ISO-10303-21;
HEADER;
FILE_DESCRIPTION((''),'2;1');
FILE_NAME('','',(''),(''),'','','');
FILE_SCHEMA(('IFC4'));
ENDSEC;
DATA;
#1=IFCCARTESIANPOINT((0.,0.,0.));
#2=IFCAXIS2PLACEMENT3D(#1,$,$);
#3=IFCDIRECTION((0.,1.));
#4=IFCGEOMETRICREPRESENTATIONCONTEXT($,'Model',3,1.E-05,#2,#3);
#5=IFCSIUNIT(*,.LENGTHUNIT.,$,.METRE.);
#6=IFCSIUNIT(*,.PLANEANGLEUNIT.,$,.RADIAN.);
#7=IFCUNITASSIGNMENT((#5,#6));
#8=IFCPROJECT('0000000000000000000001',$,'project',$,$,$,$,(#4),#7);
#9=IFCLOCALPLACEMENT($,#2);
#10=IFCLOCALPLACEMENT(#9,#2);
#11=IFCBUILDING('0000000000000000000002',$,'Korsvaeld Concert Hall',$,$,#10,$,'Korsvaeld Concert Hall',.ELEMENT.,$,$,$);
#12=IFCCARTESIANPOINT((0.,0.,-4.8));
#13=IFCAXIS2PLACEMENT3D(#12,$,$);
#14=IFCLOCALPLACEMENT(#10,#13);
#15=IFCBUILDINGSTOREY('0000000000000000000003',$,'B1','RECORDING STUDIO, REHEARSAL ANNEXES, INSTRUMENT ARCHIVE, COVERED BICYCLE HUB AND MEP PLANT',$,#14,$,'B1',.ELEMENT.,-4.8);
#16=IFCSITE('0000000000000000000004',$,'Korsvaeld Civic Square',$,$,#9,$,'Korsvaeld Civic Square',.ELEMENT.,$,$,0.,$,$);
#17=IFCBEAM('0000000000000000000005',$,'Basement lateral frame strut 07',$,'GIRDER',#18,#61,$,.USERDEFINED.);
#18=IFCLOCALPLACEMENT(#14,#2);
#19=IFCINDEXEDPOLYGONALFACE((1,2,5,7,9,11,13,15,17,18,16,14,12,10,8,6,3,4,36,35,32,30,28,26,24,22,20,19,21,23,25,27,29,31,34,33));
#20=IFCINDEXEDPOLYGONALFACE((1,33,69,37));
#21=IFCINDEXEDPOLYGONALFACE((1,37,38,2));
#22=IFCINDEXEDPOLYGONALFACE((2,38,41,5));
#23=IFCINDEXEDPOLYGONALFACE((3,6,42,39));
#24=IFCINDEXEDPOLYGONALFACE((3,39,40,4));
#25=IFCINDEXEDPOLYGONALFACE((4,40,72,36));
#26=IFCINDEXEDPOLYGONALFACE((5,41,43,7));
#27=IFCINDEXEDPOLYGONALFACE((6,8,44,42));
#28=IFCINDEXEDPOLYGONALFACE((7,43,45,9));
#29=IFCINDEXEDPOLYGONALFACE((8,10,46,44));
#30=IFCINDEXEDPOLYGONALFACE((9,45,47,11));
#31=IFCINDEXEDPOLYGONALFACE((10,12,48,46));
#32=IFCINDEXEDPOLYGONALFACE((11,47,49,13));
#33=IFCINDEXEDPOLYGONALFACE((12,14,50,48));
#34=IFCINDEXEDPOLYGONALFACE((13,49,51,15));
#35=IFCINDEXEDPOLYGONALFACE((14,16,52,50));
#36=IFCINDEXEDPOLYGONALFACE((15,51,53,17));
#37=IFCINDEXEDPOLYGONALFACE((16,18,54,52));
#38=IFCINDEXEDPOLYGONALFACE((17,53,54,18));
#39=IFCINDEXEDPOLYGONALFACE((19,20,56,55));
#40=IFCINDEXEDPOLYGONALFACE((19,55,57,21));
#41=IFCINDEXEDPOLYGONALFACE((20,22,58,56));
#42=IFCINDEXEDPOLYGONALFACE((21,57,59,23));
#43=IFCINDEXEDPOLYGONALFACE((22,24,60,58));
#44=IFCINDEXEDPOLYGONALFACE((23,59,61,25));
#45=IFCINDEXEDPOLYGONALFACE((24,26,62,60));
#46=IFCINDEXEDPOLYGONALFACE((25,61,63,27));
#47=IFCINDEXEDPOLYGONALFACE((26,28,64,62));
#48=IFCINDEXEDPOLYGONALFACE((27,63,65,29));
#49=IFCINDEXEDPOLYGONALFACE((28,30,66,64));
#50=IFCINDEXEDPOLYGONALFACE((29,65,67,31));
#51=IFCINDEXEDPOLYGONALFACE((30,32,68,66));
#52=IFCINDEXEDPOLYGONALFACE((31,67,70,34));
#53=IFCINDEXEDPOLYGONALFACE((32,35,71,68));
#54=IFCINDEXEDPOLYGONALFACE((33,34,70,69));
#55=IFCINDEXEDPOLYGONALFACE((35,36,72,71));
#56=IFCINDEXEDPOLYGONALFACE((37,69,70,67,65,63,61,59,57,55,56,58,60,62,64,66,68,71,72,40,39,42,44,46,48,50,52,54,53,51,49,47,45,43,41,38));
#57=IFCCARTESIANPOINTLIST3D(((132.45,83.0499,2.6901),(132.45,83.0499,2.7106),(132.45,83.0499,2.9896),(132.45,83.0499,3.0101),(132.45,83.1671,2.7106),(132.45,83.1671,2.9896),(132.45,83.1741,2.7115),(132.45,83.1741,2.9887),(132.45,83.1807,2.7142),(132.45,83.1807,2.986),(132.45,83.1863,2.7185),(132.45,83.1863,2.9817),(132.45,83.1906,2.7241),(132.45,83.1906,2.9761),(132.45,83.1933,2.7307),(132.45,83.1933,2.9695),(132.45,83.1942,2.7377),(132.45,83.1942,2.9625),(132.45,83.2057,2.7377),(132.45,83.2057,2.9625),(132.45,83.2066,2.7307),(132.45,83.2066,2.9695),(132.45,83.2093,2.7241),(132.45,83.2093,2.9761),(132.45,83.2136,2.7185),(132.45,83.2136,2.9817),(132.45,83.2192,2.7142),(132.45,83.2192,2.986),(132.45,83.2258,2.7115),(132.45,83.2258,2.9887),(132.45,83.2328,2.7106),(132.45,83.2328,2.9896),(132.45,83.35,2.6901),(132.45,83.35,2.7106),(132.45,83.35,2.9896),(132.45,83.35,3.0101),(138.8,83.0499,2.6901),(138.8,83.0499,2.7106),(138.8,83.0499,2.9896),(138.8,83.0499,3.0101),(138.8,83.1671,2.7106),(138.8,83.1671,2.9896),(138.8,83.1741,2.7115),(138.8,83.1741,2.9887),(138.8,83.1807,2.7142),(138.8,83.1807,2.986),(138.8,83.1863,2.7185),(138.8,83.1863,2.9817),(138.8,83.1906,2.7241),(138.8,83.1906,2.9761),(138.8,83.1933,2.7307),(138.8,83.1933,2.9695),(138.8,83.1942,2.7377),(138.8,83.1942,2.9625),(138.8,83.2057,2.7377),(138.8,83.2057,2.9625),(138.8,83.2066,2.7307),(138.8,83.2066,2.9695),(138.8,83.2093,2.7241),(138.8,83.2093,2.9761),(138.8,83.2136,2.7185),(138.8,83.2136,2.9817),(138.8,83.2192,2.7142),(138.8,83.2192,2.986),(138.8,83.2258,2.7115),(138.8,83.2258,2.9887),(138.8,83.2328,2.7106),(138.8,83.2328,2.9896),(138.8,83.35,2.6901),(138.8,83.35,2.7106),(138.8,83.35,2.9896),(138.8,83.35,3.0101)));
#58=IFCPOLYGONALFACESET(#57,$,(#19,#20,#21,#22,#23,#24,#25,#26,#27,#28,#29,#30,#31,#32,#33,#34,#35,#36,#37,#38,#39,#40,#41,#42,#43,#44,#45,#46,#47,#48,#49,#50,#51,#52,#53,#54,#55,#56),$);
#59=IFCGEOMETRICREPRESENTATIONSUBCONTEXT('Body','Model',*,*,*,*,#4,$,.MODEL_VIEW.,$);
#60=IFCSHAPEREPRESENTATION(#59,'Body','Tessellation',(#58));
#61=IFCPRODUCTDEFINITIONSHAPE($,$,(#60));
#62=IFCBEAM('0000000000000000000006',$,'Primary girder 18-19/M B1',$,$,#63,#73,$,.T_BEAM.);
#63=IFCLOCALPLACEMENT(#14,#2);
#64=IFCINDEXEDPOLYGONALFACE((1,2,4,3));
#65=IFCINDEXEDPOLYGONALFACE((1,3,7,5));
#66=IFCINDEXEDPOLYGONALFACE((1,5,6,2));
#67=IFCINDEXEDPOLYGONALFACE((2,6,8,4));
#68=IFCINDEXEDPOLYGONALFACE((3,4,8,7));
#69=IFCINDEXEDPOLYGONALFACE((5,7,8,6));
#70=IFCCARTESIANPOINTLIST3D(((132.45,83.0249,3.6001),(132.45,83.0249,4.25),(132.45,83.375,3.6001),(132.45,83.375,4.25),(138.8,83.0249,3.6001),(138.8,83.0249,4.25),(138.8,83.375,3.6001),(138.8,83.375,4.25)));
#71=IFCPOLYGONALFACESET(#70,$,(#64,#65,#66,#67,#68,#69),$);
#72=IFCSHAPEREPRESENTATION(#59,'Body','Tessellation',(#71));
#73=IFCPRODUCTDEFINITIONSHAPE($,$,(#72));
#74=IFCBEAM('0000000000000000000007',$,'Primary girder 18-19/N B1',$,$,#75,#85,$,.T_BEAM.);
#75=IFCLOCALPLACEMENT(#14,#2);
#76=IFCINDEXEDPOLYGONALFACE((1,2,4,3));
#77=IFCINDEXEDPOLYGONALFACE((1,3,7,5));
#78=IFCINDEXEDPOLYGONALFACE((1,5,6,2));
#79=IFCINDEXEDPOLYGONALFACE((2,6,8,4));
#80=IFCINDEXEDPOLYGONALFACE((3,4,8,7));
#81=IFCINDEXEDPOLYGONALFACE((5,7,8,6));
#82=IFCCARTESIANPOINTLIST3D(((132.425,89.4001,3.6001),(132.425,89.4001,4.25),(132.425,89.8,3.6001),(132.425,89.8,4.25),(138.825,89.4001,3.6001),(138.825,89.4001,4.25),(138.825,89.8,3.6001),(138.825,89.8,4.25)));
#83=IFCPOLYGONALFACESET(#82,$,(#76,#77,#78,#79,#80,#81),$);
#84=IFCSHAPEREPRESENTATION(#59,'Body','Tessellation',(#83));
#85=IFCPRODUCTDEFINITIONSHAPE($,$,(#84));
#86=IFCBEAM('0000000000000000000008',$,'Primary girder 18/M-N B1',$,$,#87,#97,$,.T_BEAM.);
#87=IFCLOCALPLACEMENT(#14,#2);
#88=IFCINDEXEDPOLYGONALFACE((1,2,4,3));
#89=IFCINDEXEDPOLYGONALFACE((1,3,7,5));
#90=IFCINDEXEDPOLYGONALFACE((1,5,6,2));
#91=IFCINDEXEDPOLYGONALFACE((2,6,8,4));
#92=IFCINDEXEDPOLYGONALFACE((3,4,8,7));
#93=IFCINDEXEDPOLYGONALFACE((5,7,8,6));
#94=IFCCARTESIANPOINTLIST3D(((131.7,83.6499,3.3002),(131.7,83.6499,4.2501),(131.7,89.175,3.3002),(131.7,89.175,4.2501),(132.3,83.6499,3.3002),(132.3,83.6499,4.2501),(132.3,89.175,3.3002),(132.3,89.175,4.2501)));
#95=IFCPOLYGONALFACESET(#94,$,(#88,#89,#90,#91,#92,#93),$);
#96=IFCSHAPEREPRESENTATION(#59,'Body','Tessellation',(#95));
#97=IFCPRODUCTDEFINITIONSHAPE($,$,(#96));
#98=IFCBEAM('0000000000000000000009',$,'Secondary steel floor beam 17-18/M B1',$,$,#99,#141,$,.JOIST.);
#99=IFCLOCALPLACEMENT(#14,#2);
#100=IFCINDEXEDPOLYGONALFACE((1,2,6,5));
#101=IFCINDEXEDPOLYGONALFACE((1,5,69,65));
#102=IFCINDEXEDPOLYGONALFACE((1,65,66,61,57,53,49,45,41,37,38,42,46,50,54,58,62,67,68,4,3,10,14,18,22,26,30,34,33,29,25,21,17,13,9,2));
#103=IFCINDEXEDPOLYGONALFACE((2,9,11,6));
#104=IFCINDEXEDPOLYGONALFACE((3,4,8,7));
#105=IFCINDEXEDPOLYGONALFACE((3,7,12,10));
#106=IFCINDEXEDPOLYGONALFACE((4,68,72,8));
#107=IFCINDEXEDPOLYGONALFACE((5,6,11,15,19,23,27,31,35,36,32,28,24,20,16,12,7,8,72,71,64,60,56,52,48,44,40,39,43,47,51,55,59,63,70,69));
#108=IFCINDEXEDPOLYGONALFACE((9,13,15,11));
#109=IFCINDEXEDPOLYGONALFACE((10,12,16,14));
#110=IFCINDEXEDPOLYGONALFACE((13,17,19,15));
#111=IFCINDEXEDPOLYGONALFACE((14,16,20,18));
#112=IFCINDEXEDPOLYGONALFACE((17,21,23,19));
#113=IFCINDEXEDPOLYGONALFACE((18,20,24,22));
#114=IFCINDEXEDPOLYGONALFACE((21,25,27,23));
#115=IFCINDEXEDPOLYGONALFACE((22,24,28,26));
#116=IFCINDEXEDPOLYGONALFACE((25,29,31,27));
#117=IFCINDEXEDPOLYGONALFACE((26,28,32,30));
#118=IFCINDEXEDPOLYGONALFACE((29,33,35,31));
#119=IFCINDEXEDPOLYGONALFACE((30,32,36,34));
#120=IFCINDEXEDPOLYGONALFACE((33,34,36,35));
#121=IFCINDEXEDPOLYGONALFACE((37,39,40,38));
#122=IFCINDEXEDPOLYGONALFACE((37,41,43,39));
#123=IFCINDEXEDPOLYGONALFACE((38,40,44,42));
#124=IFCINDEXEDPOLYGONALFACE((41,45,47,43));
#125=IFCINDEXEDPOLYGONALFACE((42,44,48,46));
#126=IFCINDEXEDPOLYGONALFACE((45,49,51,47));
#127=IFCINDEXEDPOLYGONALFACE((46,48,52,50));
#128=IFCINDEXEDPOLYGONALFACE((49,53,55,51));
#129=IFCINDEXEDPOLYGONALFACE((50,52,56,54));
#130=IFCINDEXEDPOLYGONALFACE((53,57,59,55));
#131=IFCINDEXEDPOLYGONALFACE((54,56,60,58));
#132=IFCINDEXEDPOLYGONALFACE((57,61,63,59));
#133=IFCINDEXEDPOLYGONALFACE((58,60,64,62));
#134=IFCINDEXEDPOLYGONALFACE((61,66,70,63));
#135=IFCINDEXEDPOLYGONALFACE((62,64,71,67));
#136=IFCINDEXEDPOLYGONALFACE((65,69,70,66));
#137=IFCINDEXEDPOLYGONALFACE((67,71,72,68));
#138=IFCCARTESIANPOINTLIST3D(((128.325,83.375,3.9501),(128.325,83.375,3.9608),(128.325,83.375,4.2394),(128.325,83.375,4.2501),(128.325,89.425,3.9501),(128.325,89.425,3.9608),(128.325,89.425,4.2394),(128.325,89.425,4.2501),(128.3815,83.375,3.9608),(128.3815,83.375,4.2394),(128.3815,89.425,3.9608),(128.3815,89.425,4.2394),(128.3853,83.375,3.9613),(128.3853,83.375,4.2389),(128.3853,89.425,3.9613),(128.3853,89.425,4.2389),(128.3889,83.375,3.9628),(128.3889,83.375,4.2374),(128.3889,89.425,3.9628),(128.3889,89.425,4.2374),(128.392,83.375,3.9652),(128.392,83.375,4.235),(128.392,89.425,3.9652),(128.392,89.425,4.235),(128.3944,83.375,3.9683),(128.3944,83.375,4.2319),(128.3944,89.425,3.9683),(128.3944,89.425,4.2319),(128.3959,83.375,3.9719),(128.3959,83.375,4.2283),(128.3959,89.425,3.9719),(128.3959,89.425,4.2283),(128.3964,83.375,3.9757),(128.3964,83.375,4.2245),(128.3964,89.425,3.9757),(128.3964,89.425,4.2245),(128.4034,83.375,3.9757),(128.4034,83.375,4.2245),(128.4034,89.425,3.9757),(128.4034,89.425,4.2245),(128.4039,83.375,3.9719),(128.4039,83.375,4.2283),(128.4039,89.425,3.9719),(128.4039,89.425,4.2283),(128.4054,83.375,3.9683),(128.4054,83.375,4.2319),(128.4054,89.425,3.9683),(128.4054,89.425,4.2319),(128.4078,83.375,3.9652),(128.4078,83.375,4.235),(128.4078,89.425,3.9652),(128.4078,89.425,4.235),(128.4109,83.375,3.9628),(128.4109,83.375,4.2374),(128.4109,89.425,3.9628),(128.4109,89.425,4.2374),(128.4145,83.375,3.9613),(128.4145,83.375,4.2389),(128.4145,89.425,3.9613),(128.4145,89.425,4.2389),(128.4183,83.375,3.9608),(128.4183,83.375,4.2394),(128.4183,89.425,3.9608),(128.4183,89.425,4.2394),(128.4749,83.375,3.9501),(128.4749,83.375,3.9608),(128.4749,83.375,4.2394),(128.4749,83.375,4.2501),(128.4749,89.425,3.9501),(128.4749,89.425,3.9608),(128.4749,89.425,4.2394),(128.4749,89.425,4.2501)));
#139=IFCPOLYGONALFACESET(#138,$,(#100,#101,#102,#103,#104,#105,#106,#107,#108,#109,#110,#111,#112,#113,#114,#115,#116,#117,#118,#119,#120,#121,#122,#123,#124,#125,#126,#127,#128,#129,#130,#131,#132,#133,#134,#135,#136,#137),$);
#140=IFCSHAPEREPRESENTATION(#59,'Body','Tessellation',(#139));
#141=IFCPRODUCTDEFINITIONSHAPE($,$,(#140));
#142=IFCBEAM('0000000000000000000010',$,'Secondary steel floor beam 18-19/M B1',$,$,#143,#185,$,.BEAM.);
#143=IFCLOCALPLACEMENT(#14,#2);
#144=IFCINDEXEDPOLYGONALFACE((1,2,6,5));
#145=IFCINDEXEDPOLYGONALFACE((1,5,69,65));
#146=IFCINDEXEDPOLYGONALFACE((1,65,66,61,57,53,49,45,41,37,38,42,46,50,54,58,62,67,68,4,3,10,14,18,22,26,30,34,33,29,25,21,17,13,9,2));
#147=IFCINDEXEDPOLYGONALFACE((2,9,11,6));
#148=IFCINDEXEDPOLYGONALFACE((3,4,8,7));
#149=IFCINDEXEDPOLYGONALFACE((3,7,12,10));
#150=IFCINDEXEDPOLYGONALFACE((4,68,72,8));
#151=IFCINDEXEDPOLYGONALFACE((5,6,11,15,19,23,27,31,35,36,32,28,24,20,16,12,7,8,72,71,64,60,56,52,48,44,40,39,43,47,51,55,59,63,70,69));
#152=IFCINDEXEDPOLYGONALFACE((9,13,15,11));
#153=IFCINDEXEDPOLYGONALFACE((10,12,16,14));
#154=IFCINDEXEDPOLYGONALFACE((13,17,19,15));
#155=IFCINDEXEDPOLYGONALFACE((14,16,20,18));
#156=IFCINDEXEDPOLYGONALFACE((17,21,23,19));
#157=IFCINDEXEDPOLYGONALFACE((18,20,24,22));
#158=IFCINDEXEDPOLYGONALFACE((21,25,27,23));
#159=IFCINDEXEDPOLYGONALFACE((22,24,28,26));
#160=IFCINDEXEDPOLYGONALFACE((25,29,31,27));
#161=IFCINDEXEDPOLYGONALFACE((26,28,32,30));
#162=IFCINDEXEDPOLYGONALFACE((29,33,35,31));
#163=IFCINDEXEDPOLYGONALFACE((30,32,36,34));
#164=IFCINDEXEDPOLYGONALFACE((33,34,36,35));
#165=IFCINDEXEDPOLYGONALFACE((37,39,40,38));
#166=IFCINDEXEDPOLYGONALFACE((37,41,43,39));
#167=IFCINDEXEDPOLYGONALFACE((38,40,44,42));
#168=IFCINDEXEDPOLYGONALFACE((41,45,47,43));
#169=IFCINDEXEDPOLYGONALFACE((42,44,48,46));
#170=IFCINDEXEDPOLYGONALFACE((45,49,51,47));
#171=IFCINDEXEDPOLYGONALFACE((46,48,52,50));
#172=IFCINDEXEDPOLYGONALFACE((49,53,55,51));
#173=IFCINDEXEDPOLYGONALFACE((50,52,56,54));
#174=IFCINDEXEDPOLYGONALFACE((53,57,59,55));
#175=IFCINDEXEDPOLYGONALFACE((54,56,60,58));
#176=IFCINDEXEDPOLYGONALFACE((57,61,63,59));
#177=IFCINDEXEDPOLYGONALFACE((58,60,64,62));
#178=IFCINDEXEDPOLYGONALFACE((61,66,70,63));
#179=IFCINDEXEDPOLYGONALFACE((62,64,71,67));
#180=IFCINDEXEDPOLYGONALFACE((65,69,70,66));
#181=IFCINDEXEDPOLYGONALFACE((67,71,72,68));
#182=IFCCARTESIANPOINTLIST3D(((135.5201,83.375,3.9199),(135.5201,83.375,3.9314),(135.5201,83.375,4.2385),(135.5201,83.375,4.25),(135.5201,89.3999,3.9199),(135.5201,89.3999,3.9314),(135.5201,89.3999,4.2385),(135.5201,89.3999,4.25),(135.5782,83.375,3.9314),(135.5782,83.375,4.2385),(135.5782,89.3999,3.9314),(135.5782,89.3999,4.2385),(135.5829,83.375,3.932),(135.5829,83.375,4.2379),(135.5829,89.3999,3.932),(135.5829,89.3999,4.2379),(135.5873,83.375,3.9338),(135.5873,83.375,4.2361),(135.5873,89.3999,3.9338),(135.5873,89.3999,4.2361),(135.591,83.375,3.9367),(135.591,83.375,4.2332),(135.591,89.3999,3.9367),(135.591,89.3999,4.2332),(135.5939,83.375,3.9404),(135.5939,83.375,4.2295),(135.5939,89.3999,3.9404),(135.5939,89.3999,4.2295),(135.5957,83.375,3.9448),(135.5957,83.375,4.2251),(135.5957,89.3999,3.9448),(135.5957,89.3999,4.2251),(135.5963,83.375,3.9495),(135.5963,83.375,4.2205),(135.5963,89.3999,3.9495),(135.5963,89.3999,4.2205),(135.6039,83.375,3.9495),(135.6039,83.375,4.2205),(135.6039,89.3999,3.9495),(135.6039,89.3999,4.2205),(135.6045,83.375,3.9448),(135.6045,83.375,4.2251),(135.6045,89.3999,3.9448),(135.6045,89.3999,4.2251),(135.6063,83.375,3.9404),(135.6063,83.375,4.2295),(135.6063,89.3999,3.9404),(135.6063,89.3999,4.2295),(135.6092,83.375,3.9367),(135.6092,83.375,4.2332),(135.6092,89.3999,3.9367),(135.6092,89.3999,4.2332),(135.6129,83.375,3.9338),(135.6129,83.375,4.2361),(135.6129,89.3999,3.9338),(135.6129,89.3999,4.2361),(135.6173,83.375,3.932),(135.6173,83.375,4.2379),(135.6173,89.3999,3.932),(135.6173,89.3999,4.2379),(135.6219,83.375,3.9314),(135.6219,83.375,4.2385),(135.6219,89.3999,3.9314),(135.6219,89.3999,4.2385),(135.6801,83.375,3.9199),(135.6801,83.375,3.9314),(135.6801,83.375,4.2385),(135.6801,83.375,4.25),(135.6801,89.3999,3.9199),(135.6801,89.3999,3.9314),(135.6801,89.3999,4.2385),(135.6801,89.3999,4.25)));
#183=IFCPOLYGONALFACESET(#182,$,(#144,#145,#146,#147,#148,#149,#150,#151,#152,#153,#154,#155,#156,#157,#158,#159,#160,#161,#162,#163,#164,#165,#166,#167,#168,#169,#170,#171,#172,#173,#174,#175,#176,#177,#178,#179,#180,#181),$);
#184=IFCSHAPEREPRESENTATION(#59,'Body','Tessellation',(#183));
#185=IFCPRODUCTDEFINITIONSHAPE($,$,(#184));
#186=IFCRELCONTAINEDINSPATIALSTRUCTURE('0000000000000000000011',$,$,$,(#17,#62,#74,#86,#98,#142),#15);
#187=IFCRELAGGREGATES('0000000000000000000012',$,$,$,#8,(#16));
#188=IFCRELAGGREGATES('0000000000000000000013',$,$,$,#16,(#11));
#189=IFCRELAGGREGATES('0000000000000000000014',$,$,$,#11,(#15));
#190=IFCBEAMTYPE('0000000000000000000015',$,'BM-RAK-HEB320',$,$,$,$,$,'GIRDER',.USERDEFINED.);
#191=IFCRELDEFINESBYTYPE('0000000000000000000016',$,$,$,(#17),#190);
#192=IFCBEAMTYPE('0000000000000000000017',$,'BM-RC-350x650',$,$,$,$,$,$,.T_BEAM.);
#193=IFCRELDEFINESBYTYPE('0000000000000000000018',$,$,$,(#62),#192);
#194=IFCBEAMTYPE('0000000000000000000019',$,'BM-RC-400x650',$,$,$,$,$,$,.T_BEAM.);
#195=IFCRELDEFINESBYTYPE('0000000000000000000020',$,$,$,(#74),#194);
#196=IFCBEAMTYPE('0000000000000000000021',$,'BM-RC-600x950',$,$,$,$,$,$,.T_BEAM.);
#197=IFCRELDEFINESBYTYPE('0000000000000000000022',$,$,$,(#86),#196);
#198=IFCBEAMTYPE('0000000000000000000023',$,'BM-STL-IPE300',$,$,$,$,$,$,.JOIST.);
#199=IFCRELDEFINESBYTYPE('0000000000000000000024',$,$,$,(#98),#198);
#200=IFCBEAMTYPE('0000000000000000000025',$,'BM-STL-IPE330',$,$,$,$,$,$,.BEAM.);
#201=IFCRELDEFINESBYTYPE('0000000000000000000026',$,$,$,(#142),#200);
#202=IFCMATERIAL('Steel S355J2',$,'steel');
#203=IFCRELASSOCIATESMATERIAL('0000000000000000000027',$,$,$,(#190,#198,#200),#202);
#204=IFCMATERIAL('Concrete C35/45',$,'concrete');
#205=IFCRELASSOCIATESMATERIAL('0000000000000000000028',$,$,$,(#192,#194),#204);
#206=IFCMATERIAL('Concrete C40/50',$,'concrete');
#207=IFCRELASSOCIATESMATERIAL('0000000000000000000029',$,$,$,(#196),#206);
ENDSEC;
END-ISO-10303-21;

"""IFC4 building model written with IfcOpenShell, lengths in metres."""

from ifc_helpers import new_model, si_unit, direction, frame, origin, origin_2d, place, context, subcontext, project, spatial, rectangle, i_section, extrude, material, material_profile, profile_set, type_object, element, save


model = new_model("IFC4")

# Units and contexts
model_context = context("Model", 3, precision=1e-05, world=origin(), true_north=direction((0.0, 1.0)))
body_context = subcontext(model_context, "Body", "Model", "MODEL_VIEW")
ifc_project = project(units=[si_unit("LENGTHUNIT", "METRE"), si_unit("PLANEANGLEUNIT", "RADIAN")], contexts=[model_context])

# Site, building, storey
site_placement = place(None, origin())
site = spatial("IfcSite", under=ifc_project, at=site_placement, Name="Korsvaeld Civic Square", LongName="Korsvaeld Civic Square", CompositionType="ELEMENT", RefElevation=0.0)
building_placement = place(site_placement, origin())
building = spatial("IfcBuilding", under=site, at=building_placement, Name="Korsvaeld Concert Hall", LongName="Korsvaeld Concert Hall", CompositionType="ELEMENT")
storey_placement = place(building_placement, frame((0.0, 0.0, -4.8)))
storey = spatial("IfcBuildingStorey", under=building, at=storey_placement, Name="B1", Description="RECORDING STUDIO, REHEARSAL ANNEXES, INSTRUMENT ARCHIVE, COVERED BICYCLE HUB AND MEP PLANT", LongName="B1", CompositionType="ELEMENT", Elevation=-4.8)

# Shared definitions
ifc_material_1 = material(Name="Concrete C35/45", Category="concrete")

# Shared definitions
ifc_material_2 = material(Name="Concrete C40/50", Category="concrete")

# Beams
ifc_material_3 = material(Name="Steel S355J2", Category="steel")
ifc_material_profile_1 = material_profile(ifc_material_3, i_section(OverallWidth=0.3, OverallDepth=0.3201, WebThickness=0.0115, FlangeThickness=0.0205, FilletRadius=0.0271, at=origin_2d()), Name="HEB 320")
ifc_profile_set_1 = profile_set([ifc_material_profile_1], Name="Steel S355J2")
beam_type_1 = type_object("IfcBeamType", Name="BM-RAK-HEB320", ElementType="GIRDER", PredefinedType="USERDEFINED", material=ifc_profile_set_1)
beam_1_placement = place(storey_placement, frame((132.45, 83.2, 2.8501), z_axis=(1.0, 0.0, 0.0), x_axis=(0.0, 1.0, 0.0)))
element("IfcBeam", 1, at=beam_1_placement, inside=storey, type_object=beam_type_1, Name="Basement lateral frame strut 07", ObjectType="GIRDER", PredefinedType="USERDEFINED", context=body_context, shape_type="SweptSolid", body=[
    extrude(i_section(OverallWidth=0.3, OverallDepth=0.3201, WebThickness=0.0115, FlangeThickness=0.0205, FilletRadius=0.0271, at=origin_2d()), origin(), (0.0, 0.0, 1.0), 6.3501),
])
ifc_material_profile_2 = material_profile(ifc_material_1, rectangle(XDim=0.3501, YDim=0.6499, at=origin_2d()), Name="RC 350x650")
ifc_profile_set_2 = profile_set([ifc_material_profile_2], Name="Concrete C35/45")
beam_type_2 = type_object("IfcBeamType", Name="BM-RC-350x650", PredefinedType="T_BEAM", material=ifc_profile_set_2)
beam_2_placement = place(storey_placement, frame((132.45, 83.2, 3.925), z_axis=(1.0, 0.0, 0.0), x_axis=(0.0, 1.0, 0.0)))
element("IfcBeam", 2, at=beam_2_placement, inside=storey, type_object=beam_type_2, Name="Primary girder 18-19/M B1", PredefinedType="T_BEAM", context=body_context, shape_type="SweptSolid", body=[
    extrude(rectangle(XDim=0.3501, YDim=0.6499, at=origin_2d()), origin(), (0.0, 0.0, 1.0), 6.3501),
])
ifc_material_profile_3 = material_profile(ifc_material_1, rectangle(XDim=0.3999, YDim=0.6499, at=origin_2d()), Name="RC 400x650")
ifc_profile_set_3 = profile_set([ifc_material_profile_3], Name="Concrete C35/45")
beam_type_3 = type_object("IfcBeamType", Name="BM-RC-400x650", PredefinedType="T_BEAM", material=ifc_profile_set_3)
beam_3_placement = place(storey_placement, frame((132.425, 89.6001, 3.925), z_axis=(1.0, 0.0, 0.0), x_axis=(0.0, 1.0, 0.0)))
element("IfcBeam", 3, at=beam_3_placement, inside=storey, type_object=beam_type_3, Name="Primary girder 18-19/N B1", PredefinedType="T_BEAM", context=body_context, shape_type="SweptSolid", body=[
    extrude(rectangle(XDim=0.3999, YDim=0.6499, at=origin_2d()), origin(), (0.0, 0.0, 1.0), 6.3999),
])
ifc_material_profile_4 = material_profile(ifc_material_2, rectangle(XDim=0.6001, YDim=0.95, at=origin_2d()), Name="RC 600x950")
ifc_profile_set_4 = profile_set([ifc_material_profile_4], Name="Concrete C40/50")
beam_type_4 = type_object("IfcBeamType", Name="BM-RC-600x950", PredefinedType="T_BEAM", material=ifc_profile_set_4)
beam_4_placement = place(storey_placement, frame((132.0, 83.6499, 3.7751), z_axis=(0.0, 1.0, 0.0), x_axis=(-1.0, 0.0, 0.0)))
element("IfcBeam", 4, at=beam_4_placement, inside=storey, type_object=beam_type_4, Name="Primary girder 18/M-N B1", PredefinedType="T_BEAM", context=body_context, shape_type="SweptSolid", body=[
    extrude(rectangle(XDim=0.6001, YDim=0.95, at=origin_2d()), origin(), (0.0, 0.0, 1.0), 5.5251),
])
ifc_material_profile_5 = material_profile(ifc_material_3, i_section(OverallWidth=0.1499, OverallDepth=0.3, WebThickness=0.0071, FlangeThickness=0.0107, FilletRadius=0.0149, at=origin_2d()), Name="IPE 300")
ifc_profile_set_5 = profile_set([ifc_material_profile_5], Name="Steel S355J2")
beam_type_5 = type_object("IfcBeamType", Name="BM-STL-IPE300", PredefinedType="JOIST", material=ifc_profile_set_5)
beam_5_placement = place(storey_placement, frame((128.3999, 83.375, 4.1001), z_axis=(0.0, 1.0, 0.0), x_axis=(-1.0, 0.0, 0.0)))
element("IfcBeam", 5, at=beam_5_placement, inside=storey, type_object=beam_type_5, Name="Secondary steel floor beam 17-18/M B1", PredefinedType="JOIST", context=body_context, shape_type="SweptSolid", body=[
    extrude(i_section(OverallWidth=0.1499, OverallDepth=0.3, WebThickness=0.0071, FlangeThickness=0.0107, FilletRadius=0.0149, at=origin_2d()), origin(), (0.0, 0.0, 1.0), 6.05),
])
ifc_material_profile_6 = material_profile(ifc_material_3, i_section(OverallWidth=0.1599, OverallDepth=0.3301, WebThickness=0.0076, FlangeThickness=0.0115, FilletRadius=0.0181, at=origin_2d()), Name="IPE 330")
ifc_profile_set_6 = profile_set([ifc_material_profile_6], Name="Steel S355J2")
beam_type_6 = type_object("IfcBeamType", Name="BM-STL-IPE330", PredefinedType="BEAM", material=ifc_profile_set_6)
beam_6_placement = place(storey_placement, frame((135.6001, 83.375, 4.085), z_axis=(0.0, 1.0, 0.0), x_axis=(-1.0, 0.0, 0.0)))
element("IfcBeam", 6, at=beam_6_placement, inside=storey, type_object=beam_type_6, Name="Secondary steel floor beam 18-19/M B1", PredefinedType="BEAM", context=body_context, shape_type="SweptSolid", body=[
    extrude(i_section(OverallWidth=0.1599, OverallDepth=0.3301, WebThickness=0.0076, FlangeThickness=0.0115, FilletRadius=0.0181, at=origin_2d()), origin(), (0.0, 0.0, 1.0), 6.0249),
])

save(model, "model.ifc")
